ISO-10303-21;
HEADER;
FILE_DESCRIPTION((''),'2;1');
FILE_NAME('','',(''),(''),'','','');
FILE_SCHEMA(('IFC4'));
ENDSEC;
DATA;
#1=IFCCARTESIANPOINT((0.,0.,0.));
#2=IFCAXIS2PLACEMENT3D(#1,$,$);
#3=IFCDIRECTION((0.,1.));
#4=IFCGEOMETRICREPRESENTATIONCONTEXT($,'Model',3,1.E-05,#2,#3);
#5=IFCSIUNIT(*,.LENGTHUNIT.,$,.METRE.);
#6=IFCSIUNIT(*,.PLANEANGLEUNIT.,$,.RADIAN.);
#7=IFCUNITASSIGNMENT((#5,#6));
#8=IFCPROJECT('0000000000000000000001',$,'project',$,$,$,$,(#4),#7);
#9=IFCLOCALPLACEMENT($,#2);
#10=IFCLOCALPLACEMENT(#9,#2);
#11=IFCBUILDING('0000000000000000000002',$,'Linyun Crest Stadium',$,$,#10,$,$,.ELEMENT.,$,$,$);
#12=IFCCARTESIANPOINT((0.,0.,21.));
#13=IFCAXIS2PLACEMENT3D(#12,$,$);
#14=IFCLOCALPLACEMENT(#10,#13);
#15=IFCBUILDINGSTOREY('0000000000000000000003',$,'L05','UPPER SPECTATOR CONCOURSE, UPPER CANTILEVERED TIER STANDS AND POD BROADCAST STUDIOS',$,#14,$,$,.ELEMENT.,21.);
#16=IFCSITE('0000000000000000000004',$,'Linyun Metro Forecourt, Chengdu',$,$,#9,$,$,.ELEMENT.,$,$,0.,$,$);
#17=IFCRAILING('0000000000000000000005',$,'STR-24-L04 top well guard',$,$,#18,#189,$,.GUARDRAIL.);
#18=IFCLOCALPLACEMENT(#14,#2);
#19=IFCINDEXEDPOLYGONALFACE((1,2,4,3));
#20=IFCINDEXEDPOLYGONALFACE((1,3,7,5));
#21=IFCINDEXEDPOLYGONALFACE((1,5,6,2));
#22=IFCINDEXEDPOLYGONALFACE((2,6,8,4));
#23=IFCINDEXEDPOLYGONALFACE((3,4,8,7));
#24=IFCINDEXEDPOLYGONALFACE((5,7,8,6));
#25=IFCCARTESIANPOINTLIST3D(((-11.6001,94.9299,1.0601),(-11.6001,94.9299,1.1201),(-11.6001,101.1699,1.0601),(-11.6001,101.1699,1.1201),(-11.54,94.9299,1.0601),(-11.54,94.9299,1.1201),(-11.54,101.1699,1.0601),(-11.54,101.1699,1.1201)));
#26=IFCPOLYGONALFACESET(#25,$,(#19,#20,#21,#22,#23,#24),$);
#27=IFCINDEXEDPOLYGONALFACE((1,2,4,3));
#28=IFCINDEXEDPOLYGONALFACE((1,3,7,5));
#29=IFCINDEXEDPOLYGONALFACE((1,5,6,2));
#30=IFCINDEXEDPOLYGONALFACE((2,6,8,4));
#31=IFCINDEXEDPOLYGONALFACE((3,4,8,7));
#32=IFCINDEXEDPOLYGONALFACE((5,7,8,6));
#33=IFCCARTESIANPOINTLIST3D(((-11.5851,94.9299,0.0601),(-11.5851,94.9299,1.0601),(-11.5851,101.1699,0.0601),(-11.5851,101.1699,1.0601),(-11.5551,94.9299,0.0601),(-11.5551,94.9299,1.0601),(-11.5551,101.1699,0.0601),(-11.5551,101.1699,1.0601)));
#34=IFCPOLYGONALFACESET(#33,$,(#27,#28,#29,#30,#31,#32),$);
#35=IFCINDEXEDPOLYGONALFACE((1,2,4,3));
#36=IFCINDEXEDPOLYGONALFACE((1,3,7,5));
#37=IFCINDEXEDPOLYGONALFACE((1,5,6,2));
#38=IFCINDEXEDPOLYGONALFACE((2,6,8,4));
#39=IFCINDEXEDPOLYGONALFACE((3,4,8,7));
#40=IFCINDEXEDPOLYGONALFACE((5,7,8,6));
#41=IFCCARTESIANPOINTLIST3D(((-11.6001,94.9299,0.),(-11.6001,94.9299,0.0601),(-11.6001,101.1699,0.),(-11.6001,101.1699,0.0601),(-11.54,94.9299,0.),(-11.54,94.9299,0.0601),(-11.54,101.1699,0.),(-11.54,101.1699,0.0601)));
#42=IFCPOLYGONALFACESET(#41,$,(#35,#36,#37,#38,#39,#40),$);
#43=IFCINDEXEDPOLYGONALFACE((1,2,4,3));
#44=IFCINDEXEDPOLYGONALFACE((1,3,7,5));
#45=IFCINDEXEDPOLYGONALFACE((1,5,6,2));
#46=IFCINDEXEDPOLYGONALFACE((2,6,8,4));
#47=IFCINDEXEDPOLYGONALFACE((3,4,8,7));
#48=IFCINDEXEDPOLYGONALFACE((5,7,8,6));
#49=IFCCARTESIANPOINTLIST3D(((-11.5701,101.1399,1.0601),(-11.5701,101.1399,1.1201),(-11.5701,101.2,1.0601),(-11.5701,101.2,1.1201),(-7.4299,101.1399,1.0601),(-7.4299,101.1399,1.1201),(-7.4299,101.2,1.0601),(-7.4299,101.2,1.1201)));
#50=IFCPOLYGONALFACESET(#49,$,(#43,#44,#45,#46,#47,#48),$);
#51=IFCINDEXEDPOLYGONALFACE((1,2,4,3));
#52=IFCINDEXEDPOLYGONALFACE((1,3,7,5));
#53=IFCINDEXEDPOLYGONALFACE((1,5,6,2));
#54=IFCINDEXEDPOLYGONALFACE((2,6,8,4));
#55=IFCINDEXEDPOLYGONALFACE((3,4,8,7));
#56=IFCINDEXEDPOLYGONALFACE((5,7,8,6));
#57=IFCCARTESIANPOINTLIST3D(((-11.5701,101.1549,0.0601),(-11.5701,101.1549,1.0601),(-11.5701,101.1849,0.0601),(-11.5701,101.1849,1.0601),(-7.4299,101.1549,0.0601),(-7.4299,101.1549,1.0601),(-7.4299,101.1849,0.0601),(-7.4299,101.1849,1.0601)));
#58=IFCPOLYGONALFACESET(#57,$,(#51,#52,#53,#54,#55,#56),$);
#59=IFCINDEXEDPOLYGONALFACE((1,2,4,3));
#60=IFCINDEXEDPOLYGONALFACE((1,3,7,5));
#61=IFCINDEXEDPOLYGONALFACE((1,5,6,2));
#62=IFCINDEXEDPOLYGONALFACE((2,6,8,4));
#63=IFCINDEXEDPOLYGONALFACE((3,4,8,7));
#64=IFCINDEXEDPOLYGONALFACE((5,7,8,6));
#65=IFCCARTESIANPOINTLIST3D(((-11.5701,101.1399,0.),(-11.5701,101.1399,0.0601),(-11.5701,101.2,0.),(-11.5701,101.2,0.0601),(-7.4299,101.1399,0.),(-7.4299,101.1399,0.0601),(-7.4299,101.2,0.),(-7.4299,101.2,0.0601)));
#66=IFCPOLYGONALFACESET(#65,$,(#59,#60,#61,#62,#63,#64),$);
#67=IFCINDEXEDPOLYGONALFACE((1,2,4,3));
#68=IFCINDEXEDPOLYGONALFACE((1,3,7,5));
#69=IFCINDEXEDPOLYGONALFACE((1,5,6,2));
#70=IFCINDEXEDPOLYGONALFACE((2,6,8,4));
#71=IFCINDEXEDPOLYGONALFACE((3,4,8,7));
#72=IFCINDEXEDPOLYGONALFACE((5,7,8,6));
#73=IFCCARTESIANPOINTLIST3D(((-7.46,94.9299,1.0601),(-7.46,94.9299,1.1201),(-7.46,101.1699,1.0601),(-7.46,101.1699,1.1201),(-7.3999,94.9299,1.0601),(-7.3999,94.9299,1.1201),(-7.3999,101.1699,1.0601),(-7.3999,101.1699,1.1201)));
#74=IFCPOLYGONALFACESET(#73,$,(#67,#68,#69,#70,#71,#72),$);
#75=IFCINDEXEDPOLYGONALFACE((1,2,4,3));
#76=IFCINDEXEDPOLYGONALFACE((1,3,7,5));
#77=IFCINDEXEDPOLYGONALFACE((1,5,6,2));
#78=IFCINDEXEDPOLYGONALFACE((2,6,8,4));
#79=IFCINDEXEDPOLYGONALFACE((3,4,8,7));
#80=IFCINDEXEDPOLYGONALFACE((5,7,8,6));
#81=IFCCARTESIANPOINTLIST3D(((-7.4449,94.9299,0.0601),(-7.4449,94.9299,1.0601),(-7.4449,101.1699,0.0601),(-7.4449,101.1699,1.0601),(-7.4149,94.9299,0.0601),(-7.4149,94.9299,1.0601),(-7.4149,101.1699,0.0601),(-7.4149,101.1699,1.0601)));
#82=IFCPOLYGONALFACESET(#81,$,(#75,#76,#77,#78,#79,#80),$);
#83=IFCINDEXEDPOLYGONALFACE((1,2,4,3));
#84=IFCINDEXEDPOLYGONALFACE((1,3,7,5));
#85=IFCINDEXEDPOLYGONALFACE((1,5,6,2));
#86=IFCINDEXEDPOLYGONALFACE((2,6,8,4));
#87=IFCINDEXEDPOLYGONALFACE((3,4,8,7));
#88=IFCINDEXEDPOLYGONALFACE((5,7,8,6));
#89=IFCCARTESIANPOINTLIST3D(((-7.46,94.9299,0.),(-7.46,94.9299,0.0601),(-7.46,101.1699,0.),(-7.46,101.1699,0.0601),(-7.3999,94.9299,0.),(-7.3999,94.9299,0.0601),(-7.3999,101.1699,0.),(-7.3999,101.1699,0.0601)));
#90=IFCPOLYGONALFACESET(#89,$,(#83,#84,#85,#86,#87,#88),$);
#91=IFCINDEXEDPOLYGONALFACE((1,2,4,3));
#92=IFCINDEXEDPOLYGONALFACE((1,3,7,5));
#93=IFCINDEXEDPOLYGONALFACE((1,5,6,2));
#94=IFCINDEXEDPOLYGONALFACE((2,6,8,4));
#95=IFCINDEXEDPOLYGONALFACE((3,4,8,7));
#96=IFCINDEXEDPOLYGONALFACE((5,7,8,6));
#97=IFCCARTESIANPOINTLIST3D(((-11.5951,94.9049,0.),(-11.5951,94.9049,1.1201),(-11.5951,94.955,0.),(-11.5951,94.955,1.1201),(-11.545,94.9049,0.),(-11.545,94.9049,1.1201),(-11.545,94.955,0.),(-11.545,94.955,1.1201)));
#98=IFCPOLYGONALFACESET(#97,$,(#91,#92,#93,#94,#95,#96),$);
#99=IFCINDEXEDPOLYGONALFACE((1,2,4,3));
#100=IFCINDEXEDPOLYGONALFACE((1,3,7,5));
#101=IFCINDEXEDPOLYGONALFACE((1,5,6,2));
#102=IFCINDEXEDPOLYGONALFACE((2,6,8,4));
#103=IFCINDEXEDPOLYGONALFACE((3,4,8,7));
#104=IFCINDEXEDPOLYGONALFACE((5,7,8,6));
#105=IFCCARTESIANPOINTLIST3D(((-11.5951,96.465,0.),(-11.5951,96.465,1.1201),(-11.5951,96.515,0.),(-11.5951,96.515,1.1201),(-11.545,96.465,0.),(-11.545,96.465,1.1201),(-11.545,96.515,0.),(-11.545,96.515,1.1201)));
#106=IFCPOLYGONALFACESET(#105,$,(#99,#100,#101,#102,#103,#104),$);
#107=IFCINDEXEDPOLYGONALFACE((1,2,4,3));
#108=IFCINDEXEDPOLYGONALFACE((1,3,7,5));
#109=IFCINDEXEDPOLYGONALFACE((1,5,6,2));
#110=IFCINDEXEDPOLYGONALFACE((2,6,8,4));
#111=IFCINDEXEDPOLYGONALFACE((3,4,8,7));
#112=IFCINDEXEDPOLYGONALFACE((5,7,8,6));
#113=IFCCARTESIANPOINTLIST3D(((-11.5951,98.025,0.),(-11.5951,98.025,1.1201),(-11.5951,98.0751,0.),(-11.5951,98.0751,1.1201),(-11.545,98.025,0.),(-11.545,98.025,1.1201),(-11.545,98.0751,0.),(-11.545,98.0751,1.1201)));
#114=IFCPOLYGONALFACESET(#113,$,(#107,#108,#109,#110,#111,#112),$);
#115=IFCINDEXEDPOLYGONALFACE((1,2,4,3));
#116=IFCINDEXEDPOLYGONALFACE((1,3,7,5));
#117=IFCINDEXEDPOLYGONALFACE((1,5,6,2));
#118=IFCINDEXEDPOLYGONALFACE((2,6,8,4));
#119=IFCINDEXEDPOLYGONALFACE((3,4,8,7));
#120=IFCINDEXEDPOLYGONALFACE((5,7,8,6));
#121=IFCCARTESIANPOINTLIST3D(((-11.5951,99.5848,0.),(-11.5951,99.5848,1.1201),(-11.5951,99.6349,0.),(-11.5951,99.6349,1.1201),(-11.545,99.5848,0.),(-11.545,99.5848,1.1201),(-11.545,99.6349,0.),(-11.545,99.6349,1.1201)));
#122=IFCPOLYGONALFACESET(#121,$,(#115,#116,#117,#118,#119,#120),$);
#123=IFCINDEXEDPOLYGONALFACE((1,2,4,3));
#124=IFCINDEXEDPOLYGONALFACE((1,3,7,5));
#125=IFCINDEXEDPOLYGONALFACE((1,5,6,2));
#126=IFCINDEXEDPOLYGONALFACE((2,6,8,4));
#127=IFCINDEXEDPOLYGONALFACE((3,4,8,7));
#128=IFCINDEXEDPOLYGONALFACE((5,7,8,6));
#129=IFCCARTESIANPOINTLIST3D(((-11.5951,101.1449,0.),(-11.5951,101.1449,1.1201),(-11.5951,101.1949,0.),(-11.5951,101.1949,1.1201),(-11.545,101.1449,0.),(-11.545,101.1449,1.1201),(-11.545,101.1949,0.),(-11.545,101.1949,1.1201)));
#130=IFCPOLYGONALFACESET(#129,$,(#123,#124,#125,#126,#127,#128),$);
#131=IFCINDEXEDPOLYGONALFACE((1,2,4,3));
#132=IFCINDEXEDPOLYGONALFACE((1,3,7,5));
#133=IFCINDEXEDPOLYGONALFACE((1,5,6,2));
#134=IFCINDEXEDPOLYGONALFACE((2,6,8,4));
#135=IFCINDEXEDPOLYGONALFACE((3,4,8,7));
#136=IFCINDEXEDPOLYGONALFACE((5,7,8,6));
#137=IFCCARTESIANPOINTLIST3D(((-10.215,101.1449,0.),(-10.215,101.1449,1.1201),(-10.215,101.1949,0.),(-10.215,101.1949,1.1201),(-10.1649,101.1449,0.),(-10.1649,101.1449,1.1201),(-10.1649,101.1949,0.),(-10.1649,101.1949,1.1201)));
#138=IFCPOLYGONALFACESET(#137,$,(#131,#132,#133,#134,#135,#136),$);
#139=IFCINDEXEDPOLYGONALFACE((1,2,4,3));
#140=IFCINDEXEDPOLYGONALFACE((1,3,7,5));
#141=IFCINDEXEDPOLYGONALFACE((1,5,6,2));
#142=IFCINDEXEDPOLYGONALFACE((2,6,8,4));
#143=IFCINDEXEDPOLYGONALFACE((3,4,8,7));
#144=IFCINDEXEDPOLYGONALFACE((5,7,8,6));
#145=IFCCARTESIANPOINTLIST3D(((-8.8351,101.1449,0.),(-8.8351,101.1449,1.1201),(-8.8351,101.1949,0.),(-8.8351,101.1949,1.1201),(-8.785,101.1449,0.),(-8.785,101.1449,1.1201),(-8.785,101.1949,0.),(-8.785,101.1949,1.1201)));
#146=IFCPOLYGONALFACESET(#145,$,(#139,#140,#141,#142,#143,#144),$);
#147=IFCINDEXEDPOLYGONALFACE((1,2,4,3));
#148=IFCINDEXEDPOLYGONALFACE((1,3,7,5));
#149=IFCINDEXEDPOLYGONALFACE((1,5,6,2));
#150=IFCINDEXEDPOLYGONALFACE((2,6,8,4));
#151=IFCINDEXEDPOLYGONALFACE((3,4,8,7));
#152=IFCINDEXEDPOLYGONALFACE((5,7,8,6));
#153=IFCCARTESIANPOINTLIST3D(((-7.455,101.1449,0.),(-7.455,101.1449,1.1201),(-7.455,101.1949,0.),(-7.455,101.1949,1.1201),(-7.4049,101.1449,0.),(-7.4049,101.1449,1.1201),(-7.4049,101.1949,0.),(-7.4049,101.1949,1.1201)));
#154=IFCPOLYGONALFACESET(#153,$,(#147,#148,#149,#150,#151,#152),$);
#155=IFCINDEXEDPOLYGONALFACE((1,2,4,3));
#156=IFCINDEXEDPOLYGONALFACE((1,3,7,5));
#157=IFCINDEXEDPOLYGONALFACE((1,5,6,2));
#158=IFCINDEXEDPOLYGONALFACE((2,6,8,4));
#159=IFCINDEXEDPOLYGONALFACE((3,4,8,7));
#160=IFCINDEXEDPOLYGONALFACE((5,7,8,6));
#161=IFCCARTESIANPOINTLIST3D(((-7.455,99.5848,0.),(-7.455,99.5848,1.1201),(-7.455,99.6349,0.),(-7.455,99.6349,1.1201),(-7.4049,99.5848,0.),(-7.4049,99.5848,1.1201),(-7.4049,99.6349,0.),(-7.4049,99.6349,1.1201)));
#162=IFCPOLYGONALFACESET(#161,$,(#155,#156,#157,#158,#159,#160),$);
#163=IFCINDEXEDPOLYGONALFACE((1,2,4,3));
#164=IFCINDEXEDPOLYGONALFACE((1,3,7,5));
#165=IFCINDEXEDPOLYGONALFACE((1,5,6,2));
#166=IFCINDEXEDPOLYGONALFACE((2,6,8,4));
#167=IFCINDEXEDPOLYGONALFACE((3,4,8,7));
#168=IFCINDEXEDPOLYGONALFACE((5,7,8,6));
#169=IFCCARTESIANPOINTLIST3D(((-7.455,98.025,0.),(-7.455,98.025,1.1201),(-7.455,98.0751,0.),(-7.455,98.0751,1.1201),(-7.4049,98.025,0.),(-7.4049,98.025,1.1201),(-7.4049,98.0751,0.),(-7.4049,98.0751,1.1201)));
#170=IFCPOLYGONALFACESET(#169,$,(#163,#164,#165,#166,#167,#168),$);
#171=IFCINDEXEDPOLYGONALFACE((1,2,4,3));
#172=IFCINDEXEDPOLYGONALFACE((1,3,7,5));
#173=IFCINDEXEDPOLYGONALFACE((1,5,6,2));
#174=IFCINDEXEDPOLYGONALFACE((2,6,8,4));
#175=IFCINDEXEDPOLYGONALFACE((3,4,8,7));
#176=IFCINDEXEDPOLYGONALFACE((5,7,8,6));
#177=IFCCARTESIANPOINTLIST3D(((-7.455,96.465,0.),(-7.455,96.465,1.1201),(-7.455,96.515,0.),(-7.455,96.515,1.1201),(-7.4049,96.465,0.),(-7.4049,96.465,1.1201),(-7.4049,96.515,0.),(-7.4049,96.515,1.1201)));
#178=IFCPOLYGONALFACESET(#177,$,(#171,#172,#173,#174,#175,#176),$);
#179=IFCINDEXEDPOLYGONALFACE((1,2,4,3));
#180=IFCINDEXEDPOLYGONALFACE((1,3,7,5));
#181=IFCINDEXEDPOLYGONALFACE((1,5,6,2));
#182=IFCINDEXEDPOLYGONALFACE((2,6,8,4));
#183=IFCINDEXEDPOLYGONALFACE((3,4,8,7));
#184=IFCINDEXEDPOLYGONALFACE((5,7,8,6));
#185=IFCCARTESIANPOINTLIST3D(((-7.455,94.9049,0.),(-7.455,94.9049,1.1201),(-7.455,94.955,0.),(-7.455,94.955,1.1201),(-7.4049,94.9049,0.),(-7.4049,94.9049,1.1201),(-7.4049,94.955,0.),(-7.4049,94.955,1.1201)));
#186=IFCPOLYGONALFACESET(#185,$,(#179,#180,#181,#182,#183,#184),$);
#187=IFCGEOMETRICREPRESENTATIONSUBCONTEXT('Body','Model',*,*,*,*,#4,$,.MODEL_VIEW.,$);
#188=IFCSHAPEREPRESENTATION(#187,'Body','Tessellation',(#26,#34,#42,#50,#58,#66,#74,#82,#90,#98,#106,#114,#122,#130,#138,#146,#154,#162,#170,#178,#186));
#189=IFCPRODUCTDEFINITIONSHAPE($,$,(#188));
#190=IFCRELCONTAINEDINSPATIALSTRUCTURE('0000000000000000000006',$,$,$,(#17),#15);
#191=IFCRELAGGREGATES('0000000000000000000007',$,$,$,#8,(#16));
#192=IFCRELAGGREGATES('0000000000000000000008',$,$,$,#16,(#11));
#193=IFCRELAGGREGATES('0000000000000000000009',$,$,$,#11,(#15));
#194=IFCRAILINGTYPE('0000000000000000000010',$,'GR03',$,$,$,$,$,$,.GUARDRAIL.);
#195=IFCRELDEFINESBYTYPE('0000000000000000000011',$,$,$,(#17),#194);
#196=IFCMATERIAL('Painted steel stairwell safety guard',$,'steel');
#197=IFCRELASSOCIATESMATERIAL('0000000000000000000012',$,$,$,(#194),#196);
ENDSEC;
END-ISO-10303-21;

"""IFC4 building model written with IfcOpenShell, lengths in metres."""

from ifc_helpers import new_model, si_unit, direction, frame, origin, origin_2d, place, context, subcontext, project, spatial, rectangle, extrude, material, type_object, element, save


model = new_model("IFC4")

# Units and contexts
model_context = context("Model", 3, precision=1e-05, world=origin(), true_north=direction((0.0, 1.0)))
body_context = subcontext(model_context, "Body", "Model", "MODEL_VIEW")
ifc_project = project(units=[si_unit("LENGTHUNIT", "METRE"), si_unit("PLANEANGLEUNIT", "RADIAN")], contexts=[model_context])

# Site, building, storey
site_placement = place(None, origin())
site = spatial("IfcSite", under=ifc_project, at=site_placement, Name="Linyun Metro Forecourt, Chengdu", CompositionType="ELEMENT", RefElevation=0.0)
building_placement = place(site_placement, origin())
building = spatial("IfcBuilding", under=site, at=building_placement, Name="Linyun Crest Stadium", CompositionType="ELEMENT")
storey_placement = place(building_placement, frame((0.0, 0.0, 21.0)))
storey = spatial("IfcBuildingStorey", under=building, at=storey_placement, Name="L05", Description="UPPER SPECTATOR CONCOURSE, UPPER CANTILEVERED TIER STANDS AND POD BROADCAST STUDIOS", CompositionType="ELEMENT", Elevation=21.0)

# Railing
ifc_material_1 = material(Name="Painted steel stairwell safety guard", Category="steel")
railing_type_1 = type_object("IfcRailingType", Name="GR03", PredefinedType="GUARDRAIL", material=ifc_material_1)
railing_1_placement = place(storey_placement, frame((-11.5701, 94.9299, 0.0)))
element("IfcRailing", 1, at=railing_1_placement, inside=storey, type_object=railing_type_1, Name="STR-24-L04 top well guard", PredefinedType="GUARDRAIL", context=body_context, shape_type="SweptSolid", body=[
    extrude(rectangle(XDim=0.0601, YDim=0.0601, at=origin_2d()), frame((0.0, 0.0, 1.0901), z_axis=(0.0, 1.0, 0.0), x_axis=(-1.0, 0.0, 0.0)), (0.0, 0.0, 1.0), 6.24),
    extrude(rectangle(XDim=0.03, YDim=1.0, at=origin_2d()), frame((0.0, 0.0, 0.5601), z_axis=(0.0, 1.0, 0.0), x_axis=(-1.0, 0.0, 0.0)), (0.0, 0.0, 1.0), 6.24),
    extrude(rectangle(XDim=0.0601, YDim=0.0601, at=origin_2d()), frame((0.0, 0.0, 0.03), z_axis=(0.0, 1.0, 0.0), x_axis=(-1.0, 0.0, 0.0)), (0.0, 0.0, 1.0), 6.24),
    extrude(rectangle(XDim=0.0601, YDim=0.0601, at=origin_2d()), frame((0.0, 6.24, 1.0901), z_axis=(1.0, 0.0, 0.0), x_axis=(0.0, 1.0, 0.0)), (0.0, 0.0, 1.0), 4.1401),
    extrude(rectangle(XDim=0.03, YDim=1.0, at=origin_2d()), frame((0.0, 6.24, 0.5601), z_axis=(1.0, 0.0, 0.0), x_axis=(0.0, 1.0, 0.0)), (0.0, 0.0, 1.0), 4.1401),
    extrude(rectangle(XDim=0.0601, YDim=0.0601, at=origin_2d()), frame((0.0, 6.24, 0.03), z_axis=(1.0, 0.0, 0.0), x_axis=(0.0, 1.0, 0.0)), (0.0, 0.0, 1.0), 4.1401),
    extrude(rectangle(XDim=0.0601, YDim=0.0601, at=origin_2d()), frame((4.1401, 6.24, 1.0901), z_axis=(0.0, -1.0, 0.0), x_axis=(1.0, 0.0, 0.0)), (0.0, 0.0, 1.0), 6.24),
    extrude(rectangle(XDim=0.03, YDim=1.0, at=origin_2d()), frame((4.1401, 6.24, 0.5601), z_axis=(0.0, -1.0, 0.0), x_axis=(1.0, 0.0, 0.0)), (0.0, 0.0, 1.0), 6.24),
    extrude(rectangle(XDim=0.0601, YDim=0.0601, at=origin_2d()), frame((4.1401, 6.24, 0.03), z_axis=(0.0, -1.0, 0.0), x_axis=(1.0, 0.0, 0.0)), (0.0, 0.0, 1.0), 6.24),
    extrude(rectangle(XDim=0.05, YDim=0.05, at=origin_2d()), origin(), (0.0, 0.0, 1.0), 1.1201),
    extrude(rectangle(XDim=0.05, YDim=0.05, at=origin_2d()), frame((0.0, 1.5601, 0.0)), (0.0, 0.0, 1.0), 1.1201),
    extrude(rectangle(XDim=0.05, YDim=0.05, at=origin_2d()), frame((0.0, 3.1201, 0.0)), (0.0, 0.0, 1.0), 1.1201),
    extrude(rectangle(XDim=0.05, YDim=0.05, at=origin_2d()), frame((0.0, 4.6799, 0.0)), (0.0, 0.0, 1.0), 1.1201),
    extrude(rectangle(XDim=0.05, YDim=0.05, at=origin_2d()), frame((0.0, 6.24, 0.0)), (0.0, 0.0, 1.0), 1.1201),
    extrude(rectangle(XDim=0.05, YDim=0.05, at=origin_2d()), frame((1.3801, 6.24, 0.0)), (0.0, 0.0, 1.0), 1.1201),
    extrude(rectangle(XDim=0.05, YDim=0.05, at=origin_2d()), frame((2.76, 6.24, 0.0)), (0.0, 0.0, 1.0), 1.1201),
    extrude(rectangle(XDim=0.05, YDim=0.05, at=origin_2d()), frame((4.1401, 6.24, 0.0)), (0.0, 0.0, 1.0), 1.1201),
    extrude(rectangle(XDim=0.05, YDim=0.05, at=origin_2d()), frame((4.1401, 4.6799, 0.0)), (0.0, 0.0, 1.0), 1.1201),
    extrude(rectangle(XDim=0.05, YDim=0.05, at=origin_2d()), frame((4.1401, 3.1201, 0.0)), (0.0, 0.0, 1.0), 1.1201),
    extrude(rectangle(XDim=0.05, YDim=0.05, at=origin_2d()), frame((4.1401, 1.5601, 0.0)), (0.0, 0.0, 1.0), 1.1201),
    extrude(rectangle(XDim=0.05, YDim=0.05, at=origin_2d()), frame((4.1401, 0.0, 0.0)), (0.0, 0.0, 1.0), 1.1201),
])

save(model, "model.ifc")
